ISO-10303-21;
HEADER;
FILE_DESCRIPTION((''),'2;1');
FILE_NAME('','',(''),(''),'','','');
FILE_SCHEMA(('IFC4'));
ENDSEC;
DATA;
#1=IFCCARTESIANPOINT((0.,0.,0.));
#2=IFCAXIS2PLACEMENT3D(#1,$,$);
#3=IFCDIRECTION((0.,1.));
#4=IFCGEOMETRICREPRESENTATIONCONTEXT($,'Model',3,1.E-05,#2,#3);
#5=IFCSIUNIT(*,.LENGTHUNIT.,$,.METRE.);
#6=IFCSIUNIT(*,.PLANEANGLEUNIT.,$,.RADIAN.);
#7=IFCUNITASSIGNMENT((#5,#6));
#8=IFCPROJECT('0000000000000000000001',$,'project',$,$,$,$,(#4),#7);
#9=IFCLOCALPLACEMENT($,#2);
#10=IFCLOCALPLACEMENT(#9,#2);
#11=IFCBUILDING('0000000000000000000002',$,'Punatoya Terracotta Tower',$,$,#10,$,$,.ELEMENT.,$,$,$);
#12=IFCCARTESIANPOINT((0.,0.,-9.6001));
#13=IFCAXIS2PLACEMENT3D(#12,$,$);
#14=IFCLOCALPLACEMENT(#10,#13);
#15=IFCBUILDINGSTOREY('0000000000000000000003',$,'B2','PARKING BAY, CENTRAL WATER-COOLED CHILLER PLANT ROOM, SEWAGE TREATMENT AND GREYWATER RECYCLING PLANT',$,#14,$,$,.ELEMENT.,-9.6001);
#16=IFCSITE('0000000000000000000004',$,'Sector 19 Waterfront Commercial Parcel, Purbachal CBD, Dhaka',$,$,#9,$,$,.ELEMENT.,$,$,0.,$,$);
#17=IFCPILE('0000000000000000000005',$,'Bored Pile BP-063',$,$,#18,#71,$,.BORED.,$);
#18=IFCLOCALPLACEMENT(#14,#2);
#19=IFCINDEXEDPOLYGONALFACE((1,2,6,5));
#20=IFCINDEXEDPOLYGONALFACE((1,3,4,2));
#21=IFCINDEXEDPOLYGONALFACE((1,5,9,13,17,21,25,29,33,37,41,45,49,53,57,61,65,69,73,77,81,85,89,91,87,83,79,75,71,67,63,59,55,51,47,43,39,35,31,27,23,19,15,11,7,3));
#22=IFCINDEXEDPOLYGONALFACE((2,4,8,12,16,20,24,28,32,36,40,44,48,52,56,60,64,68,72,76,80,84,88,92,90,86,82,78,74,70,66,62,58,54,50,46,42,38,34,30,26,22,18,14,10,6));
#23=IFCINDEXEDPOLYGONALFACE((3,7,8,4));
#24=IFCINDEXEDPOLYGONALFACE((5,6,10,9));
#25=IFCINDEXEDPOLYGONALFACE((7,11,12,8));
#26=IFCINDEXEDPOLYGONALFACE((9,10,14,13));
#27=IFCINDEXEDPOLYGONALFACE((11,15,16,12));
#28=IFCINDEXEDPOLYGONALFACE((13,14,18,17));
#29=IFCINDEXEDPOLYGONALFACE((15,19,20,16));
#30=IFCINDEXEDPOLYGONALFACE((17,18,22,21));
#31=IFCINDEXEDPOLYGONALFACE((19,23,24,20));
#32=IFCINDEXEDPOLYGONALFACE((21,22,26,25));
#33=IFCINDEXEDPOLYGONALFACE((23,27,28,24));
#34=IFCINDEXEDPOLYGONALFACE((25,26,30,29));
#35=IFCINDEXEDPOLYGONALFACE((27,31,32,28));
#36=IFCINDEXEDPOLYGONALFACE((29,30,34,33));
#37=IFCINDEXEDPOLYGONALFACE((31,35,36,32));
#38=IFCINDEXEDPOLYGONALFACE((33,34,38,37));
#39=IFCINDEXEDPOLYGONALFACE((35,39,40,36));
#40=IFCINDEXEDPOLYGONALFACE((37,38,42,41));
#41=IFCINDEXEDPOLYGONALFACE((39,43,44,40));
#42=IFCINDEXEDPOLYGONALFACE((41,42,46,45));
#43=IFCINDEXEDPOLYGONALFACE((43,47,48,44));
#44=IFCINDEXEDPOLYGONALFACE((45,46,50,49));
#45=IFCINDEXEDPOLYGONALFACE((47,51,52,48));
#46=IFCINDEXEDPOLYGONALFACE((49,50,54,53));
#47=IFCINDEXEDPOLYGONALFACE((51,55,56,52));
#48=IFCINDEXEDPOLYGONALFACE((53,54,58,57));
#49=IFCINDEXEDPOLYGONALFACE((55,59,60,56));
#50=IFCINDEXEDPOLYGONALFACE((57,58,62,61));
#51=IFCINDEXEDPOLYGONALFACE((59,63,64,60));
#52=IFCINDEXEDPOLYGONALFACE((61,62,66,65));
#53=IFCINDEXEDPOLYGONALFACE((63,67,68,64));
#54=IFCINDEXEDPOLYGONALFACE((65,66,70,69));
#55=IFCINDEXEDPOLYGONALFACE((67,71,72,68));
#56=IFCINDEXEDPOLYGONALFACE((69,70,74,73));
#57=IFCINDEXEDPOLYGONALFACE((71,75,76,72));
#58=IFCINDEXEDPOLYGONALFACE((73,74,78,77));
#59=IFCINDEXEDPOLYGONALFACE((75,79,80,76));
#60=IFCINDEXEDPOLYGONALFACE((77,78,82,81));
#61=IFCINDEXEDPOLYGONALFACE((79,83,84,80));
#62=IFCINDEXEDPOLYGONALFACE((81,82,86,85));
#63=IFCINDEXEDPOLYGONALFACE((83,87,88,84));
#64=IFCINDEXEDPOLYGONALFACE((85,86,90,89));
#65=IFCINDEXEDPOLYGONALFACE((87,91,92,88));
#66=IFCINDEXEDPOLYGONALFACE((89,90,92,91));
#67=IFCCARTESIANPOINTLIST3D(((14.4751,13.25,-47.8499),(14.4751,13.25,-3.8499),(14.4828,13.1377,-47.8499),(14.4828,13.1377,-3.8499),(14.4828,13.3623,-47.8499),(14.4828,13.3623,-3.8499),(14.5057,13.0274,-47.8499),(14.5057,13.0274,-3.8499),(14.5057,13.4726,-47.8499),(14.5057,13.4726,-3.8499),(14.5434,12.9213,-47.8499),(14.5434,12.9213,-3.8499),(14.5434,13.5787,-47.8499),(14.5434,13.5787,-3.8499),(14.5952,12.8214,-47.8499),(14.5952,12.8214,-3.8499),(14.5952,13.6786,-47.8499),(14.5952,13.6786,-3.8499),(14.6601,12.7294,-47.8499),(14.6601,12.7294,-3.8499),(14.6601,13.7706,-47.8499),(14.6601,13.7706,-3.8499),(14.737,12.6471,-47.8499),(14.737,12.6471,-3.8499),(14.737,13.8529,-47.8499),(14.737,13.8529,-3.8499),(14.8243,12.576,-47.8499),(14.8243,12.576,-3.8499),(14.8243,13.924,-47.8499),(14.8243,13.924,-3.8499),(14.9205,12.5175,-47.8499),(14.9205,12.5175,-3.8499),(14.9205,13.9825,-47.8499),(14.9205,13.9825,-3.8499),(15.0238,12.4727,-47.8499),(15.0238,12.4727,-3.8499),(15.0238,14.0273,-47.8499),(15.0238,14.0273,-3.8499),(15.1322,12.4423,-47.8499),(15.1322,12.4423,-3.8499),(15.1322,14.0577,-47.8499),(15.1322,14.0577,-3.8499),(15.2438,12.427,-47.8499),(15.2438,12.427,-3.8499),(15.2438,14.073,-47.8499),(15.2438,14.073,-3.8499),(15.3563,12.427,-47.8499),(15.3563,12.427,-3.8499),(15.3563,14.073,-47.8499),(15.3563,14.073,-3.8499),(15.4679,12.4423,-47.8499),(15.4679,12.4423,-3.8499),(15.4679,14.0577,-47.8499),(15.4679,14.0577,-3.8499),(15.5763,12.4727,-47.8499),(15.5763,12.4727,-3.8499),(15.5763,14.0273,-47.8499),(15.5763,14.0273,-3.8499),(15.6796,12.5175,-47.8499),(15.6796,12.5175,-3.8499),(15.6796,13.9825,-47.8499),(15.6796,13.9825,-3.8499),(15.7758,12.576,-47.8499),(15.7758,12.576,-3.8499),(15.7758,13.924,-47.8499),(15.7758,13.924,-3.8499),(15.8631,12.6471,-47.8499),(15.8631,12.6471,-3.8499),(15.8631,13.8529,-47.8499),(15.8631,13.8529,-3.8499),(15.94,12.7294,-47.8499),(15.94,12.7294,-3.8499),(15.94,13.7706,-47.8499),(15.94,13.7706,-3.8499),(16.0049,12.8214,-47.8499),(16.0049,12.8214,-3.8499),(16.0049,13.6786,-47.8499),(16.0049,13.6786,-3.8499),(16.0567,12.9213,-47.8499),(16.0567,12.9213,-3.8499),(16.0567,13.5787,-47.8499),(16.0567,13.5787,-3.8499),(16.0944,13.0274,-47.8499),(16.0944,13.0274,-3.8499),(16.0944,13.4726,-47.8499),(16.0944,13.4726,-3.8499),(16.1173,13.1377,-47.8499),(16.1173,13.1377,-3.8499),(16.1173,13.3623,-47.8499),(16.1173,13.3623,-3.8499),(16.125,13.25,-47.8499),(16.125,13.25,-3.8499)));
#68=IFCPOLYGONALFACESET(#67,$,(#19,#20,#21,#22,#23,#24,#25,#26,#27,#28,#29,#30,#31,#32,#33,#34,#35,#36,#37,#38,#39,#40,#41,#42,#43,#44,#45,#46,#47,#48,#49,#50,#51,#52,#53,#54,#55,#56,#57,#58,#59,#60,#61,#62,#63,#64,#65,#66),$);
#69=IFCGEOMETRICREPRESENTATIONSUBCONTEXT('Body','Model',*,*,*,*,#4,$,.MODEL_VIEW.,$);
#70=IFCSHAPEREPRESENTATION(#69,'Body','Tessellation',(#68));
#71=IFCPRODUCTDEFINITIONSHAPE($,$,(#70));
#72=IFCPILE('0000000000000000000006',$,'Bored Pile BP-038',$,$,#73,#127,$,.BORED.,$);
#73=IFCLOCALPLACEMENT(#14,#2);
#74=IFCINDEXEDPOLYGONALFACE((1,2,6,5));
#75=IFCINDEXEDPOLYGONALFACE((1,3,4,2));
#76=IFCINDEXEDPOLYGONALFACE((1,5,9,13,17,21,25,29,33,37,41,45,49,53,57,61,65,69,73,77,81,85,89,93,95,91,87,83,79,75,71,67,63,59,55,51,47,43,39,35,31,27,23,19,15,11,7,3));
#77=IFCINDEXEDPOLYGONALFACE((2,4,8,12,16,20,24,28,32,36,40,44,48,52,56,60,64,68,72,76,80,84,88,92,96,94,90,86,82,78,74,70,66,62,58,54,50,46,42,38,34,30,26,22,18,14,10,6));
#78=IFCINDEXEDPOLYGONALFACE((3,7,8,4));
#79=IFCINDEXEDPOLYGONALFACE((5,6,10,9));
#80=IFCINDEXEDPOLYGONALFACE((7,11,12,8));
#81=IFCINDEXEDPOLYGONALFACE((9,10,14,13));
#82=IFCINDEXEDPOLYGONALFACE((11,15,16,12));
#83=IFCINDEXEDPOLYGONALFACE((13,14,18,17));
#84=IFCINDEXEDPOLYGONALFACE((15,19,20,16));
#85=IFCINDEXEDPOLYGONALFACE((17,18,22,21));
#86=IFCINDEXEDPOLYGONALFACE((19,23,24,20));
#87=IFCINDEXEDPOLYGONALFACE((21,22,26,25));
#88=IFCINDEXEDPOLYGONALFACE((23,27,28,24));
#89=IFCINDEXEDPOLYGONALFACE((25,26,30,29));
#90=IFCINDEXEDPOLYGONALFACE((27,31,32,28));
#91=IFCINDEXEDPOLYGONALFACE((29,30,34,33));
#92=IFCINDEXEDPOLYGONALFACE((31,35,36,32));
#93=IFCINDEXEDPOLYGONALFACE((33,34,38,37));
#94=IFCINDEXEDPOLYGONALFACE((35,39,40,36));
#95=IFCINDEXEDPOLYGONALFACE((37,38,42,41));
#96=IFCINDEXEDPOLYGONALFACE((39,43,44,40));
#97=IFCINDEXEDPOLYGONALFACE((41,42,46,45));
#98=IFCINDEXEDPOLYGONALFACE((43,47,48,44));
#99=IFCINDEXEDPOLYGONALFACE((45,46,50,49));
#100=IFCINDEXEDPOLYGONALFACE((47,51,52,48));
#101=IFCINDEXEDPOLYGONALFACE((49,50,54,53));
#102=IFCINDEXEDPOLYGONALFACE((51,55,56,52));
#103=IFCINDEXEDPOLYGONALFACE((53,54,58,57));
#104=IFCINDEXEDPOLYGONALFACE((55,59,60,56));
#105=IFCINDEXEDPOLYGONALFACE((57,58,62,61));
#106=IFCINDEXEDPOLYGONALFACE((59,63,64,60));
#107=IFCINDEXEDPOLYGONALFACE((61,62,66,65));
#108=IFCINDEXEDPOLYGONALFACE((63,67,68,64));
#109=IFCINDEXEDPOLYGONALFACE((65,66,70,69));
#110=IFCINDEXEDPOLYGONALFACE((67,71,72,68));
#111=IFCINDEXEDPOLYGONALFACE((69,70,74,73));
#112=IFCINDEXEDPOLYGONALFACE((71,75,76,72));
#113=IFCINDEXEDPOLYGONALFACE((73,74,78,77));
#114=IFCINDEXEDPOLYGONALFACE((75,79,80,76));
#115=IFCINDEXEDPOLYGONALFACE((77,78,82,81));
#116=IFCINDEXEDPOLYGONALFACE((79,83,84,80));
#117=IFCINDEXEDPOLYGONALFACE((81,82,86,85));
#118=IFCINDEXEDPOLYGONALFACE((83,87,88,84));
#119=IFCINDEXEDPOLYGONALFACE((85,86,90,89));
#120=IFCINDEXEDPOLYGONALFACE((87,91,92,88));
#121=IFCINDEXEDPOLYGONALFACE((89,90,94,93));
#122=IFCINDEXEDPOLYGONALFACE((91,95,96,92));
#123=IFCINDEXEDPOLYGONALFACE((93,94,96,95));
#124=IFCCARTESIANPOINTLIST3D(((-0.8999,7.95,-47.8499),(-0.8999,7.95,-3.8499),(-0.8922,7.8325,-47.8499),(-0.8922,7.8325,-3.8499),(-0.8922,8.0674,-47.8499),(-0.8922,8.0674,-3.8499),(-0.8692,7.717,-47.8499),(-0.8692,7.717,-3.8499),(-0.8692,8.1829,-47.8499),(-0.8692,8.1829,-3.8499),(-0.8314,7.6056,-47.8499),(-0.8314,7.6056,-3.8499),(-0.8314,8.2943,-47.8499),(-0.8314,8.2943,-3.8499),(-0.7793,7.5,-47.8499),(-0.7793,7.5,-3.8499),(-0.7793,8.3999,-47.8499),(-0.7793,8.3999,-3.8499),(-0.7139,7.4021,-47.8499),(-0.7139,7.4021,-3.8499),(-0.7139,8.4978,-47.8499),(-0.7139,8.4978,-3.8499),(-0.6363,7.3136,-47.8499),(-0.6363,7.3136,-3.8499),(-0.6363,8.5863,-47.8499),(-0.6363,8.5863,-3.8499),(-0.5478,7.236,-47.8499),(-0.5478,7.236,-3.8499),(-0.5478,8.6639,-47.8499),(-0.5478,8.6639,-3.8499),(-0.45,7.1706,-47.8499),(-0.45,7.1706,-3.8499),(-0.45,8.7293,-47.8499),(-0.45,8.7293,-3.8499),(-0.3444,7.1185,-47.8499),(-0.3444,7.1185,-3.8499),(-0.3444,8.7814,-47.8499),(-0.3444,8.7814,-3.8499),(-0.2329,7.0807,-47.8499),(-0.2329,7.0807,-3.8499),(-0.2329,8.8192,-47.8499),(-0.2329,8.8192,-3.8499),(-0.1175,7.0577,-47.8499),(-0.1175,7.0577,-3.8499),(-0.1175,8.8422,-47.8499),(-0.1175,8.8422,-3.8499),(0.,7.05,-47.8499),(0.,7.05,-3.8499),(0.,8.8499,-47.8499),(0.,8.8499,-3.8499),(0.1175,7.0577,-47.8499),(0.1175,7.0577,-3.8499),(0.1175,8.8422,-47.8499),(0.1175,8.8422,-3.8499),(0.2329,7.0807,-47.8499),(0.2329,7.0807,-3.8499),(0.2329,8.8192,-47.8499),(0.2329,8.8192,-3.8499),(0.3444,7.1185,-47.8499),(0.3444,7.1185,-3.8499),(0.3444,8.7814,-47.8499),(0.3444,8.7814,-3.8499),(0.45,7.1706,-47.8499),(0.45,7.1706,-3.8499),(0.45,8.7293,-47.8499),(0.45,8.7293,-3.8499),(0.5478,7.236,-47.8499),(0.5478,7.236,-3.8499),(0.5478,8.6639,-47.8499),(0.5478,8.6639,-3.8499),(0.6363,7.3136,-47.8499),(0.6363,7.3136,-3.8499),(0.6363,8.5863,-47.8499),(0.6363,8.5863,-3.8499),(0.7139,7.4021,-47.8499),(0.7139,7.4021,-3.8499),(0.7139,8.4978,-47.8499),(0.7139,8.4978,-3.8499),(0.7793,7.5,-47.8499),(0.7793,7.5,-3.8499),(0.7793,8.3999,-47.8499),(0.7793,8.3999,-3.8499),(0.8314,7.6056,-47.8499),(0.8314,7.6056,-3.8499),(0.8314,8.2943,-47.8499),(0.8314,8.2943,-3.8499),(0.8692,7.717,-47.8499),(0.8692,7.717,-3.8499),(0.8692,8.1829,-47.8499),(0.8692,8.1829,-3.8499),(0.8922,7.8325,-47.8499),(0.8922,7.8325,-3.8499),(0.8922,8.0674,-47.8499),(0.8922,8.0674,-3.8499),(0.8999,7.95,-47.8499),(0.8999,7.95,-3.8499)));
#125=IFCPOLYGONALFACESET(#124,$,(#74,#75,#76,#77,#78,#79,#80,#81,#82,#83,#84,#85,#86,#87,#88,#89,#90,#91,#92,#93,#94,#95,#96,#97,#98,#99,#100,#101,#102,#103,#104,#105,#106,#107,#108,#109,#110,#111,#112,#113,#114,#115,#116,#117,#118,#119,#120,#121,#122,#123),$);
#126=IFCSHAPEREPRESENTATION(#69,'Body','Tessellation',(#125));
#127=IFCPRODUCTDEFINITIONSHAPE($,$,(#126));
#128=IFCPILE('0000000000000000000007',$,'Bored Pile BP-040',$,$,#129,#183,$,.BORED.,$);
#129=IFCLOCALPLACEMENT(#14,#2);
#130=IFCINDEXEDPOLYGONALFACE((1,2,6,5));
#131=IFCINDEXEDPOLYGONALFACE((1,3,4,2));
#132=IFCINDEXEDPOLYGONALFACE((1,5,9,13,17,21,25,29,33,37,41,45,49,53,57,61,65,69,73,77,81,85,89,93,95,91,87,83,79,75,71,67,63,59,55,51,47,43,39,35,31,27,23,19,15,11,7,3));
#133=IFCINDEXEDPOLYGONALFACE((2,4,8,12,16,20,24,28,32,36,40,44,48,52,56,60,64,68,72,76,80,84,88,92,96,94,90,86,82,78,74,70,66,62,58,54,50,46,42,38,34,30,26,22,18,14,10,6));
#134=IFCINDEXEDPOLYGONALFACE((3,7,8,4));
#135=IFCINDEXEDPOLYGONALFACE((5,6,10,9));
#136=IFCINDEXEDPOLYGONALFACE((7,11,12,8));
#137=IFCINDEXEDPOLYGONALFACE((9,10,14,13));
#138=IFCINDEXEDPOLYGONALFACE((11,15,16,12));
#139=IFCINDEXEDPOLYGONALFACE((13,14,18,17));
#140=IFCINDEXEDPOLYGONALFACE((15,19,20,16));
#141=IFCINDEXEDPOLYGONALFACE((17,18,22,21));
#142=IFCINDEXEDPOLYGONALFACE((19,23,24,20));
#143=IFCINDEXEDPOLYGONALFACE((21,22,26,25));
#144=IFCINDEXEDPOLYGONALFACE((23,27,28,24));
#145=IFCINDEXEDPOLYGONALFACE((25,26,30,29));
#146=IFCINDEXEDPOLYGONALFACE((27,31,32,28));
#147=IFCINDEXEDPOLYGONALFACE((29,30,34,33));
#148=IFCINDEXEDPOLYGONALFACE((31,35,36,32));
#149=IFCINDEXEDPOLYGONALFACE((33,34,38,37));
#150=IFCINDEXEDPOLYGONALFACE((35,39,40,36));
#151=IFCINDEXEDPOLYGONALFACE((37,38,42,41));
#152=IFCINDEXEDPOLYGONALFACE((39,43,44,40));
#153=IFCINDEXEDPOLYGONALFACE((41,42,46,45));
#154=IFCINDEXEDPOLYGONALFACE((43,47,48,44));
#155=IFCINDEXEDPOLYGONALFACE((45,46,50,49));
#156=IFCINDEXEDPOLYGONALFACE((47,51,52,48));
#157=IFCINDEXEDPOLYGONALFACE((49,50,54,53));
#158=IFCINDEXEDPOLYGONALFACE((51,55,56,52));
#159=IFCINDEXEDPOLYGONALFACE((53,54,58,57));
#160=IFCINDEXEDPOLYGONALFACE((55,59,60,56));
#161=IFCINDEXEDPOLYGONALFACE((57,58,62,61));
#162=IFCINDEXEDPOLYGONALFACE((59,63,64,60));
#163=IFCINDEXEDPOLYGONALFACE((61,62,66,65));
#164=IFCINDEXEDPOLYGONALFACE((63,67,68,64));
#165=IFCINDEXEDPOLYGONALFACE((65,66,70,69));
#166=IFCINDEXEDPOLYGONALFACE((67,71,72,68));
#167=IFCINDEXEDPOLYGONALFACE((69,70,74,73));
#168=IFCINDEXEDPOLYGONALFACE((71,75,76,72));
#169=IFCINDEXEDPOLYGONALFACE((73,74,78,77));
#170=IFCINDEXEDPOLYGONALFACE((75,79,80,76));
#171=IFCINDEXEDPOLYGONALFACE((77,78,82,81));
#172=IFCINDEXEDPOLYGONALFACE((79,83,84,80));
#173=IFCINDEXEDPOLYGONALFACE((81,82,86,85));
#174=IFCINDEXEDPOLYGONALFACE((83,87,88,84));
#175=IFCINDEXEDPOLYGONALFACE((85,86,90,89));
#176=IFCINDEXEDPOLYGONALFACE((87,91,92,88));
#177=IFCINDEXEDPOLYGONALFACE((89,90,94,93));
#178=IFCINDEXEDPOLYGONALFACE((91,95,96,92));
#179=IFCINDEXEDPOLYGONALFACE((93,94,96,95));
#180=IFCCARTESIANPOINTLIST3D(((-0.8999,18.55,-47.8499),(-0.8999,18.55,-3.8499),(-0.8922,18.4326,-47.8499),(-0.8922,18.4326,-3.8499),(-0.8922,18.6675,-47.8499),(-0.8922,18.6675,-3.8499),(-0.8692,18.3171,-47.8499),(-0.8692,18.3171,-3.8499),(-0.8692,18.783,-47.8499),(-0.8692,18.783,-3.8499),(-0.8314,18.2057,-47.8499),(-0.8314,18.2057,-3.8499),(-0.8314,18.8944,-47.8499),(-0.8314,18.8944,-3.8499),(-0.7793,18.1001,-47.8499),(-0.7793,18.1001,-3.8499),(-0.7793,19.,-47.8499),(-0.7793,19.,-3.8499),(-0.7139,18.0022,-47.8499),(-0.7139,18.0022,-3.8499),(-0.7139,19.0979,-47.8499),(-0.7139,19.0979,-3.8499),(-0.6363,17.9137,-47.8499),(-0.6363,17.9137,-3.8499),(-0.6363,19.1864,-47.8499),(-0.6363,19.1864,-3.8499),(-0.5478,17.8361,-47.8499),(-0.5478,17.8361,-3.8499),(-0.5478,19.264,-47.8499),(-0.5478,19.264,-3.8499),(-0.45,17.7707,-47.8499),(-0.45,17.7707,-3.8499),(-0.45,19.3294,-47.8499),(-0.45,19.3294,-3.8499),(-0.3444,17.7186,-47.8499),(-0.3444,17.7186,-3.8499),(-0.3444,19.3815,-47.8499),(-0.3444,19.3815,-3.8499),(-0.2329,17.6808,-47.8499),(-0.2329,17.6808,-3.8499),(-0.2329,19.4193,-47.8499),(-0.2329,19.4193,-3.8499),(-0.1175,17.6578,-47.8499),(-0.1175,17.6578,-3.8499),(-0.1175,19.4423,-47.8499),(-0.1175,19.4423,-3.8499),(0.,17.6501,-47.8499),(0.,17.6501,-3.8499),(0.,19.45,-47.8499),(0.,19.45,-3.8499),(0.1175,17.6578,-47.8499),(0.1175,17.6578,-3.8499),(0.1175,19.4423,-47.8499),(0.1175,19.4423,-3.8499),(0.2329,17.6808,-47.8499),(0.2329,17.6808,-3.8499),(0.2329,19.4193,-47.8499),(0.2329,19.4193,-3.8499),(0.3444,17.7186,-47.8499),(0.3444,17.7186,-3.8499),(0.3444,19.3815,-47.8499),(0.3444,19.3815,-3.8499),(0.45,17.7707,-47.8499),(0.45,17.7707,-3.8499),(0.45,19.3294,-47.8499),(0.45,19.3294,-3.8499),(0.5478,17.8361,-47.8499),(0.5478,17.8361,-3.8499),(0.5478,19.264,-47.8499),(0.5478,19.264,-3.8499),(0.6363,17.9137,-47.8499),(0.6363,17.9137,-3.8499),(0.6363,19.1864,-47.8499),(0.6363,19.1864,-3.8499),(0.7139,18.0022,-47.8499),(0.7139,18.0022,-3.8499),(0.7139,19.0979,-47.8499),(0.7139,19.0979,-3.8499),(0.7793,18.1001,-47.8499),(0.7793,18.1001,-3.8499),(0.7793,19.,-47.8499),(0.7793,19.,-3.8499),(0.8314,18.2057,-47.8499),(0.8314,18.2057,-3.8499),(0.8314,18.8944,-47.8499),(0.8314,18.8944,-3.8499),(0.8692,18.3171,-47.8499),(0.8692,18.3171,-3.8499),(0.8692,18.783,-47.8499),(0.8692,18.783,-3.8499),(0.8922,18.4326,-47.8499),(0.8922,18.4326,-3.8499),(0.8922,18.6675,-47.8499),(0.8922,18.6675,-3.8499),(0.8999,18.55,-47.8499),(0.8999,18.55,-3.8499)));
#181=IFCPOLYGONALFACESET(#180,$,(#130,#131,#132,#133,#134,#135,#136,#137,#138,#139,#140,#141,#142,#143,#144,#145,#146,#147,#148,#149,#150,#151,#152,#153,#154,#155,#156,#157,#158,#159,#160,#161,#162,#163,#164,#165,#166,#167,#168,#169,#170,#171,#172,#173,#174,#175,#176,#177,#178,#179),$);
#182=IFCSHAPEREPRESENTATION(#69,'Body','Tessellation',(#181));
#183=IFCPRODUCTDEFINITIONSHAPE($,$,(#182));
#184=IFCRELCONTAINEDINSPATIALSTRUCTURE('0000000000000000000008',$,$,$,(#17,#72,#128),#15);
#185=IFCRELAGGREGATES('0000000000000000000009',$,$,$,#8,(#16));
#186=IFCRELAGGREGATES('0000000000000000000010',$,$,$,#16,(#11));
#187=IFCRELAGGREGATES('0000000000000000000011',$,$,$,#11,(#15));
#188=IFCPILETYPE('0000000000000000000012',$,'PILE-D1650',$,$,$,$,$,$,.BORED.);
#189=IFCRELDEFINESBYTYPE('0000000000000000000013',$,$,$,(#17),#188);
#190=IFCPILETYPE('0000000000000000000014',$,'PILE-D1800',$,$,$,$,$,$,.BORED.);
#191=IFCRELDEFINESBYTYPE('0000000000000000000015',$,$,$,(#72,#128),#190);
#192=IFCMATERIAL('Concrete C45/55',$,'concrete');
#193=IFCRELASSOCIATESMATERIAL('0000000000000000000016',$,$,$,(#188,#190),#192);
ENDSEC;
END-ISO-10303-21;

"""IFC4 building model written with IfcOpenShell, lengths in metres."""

from ifc_helpers import new_model, si_unit, direction, frame, origin, origin_2d, place, context, subcontext, project, spatial, circle, extrude, material, material_profile, profile_set, type_object, element, save


model = new_model("IFC4")

# Units and contexts
model_context = context("Model", 3, precision=1e-05, world=origin(), true_north=direction((0.0, 1.0)))
body_context = subcontext(model_context, "Body", "Model", "MODEL_VIEW")
ifc_project = project(units=[si_unit("LENGTHUNIT", "METRE"), si_unit("PLANEANGLEUNIT", "RADIAN")], contexts=[model_context])

# Site, building, storey
site_placement = place(None, origin())
site = spatial("IfcSite", under=ifc_project, at=site_placement, Name="Sector 19 Waterfront Commercial Parcel, Purbachal CBD, Dhaka", CompositionType="ELEMENT", RefElevation=0.0)
building_placement = place(site_placement, origin())
building = spatial("IfcBuilding", under=site, at=building_placement, Name="Punatoya Terracotta Tower", CompositionType="ELEMENT")
storey_placement = place(building_placement, frame((0.0, 0.0, -9.6001)))
storey = spatial("IfcBuildingStorey", under=building, at=storey_placement, Name="B2", Description="PARKING BAY, CENTRAL WATER-COOLED CHILLER PLANT ROOM, SEWAGE TREATMENT AND GREYWATER RECYCLING PLANT", CompositionType="ELEMENT", Elevation=-9.6001)

# Shared definitions
ifc_material_1 = material(Name="Concrete C45/55", Category="concrete")

# Piles
ifc_material_profile_1 = material_profile(ifc_material_1, circle(Radius=0.825, at=origin_2d()))
ifc_profile_set_1 = profile_set([ifc_material_profile_1], Name="Concrete C45/55")
pile_type_1 = type_object("IfcPileType", Name="PILE-D1650", PredefinedType="BORED", material=ifc_profile_set_1)
for number, where, z_axis, x_axis, name in (
    (1, (15.3, 13.25, -3.8499), (0.0, 0.0, -1.0), (1.0, 0.0, 0.0), "Bored Pile BP-063"),
):
    element("IfcPile", number, at=place(storey_placement, frame(where, z_axis=z_axis, x_axis=x_axis)), inside=storey, type_object=pile_type_1, Name=name, PredefinedType="BORED", context=body_context, shape_type="SweptSolid", body=[
        extrude(circle(Radius=0.825, at=origin_2d()), origin(), (0.0, 0.0, 1.0), 44.0),
    ])
ifc_material_profile_2 = material_profile(ifc_material_1, circle(Radius=0.8999, at=origin_2d()))
ifc_profile_set_2 = profile_set([ifc_material_profile_2], Name="Concrete C45/55")
pile_type_2 = type_object("IfcPileType", Name="PILE-D1800", PredefinedType="BORED", material=ifc_profile_set_2)
for number, where, z_axis, x_axis, name in (
    (2, (0.0, 7.95, -3.8499), (0.0, 0.0, -1.0), (1.0, 0.0, 0.0), "Bored Pile BP-038"),
    (3, (0.0, 18.55, -3.8499), (0.0, 0.0, -1.0), (1.0, 0.0, 0.0), "Bored Pile BP-040"),
):
    element("IfcPile", number, at=place(storey_placement, frame(where, z_axis=z_axis, x_axis=x_axis)), inside=storey, type_object=pile_type_2, Name=name, PredefinedType="BORED", context=body_context, shape_type="SweptSolid", body=[
        extrude(circle(Radius=0.8999, at=origin_2d()), origin(), (0.0, 0.0, 1.0), 44.0),
    ])

save(model, "model.ifc")
